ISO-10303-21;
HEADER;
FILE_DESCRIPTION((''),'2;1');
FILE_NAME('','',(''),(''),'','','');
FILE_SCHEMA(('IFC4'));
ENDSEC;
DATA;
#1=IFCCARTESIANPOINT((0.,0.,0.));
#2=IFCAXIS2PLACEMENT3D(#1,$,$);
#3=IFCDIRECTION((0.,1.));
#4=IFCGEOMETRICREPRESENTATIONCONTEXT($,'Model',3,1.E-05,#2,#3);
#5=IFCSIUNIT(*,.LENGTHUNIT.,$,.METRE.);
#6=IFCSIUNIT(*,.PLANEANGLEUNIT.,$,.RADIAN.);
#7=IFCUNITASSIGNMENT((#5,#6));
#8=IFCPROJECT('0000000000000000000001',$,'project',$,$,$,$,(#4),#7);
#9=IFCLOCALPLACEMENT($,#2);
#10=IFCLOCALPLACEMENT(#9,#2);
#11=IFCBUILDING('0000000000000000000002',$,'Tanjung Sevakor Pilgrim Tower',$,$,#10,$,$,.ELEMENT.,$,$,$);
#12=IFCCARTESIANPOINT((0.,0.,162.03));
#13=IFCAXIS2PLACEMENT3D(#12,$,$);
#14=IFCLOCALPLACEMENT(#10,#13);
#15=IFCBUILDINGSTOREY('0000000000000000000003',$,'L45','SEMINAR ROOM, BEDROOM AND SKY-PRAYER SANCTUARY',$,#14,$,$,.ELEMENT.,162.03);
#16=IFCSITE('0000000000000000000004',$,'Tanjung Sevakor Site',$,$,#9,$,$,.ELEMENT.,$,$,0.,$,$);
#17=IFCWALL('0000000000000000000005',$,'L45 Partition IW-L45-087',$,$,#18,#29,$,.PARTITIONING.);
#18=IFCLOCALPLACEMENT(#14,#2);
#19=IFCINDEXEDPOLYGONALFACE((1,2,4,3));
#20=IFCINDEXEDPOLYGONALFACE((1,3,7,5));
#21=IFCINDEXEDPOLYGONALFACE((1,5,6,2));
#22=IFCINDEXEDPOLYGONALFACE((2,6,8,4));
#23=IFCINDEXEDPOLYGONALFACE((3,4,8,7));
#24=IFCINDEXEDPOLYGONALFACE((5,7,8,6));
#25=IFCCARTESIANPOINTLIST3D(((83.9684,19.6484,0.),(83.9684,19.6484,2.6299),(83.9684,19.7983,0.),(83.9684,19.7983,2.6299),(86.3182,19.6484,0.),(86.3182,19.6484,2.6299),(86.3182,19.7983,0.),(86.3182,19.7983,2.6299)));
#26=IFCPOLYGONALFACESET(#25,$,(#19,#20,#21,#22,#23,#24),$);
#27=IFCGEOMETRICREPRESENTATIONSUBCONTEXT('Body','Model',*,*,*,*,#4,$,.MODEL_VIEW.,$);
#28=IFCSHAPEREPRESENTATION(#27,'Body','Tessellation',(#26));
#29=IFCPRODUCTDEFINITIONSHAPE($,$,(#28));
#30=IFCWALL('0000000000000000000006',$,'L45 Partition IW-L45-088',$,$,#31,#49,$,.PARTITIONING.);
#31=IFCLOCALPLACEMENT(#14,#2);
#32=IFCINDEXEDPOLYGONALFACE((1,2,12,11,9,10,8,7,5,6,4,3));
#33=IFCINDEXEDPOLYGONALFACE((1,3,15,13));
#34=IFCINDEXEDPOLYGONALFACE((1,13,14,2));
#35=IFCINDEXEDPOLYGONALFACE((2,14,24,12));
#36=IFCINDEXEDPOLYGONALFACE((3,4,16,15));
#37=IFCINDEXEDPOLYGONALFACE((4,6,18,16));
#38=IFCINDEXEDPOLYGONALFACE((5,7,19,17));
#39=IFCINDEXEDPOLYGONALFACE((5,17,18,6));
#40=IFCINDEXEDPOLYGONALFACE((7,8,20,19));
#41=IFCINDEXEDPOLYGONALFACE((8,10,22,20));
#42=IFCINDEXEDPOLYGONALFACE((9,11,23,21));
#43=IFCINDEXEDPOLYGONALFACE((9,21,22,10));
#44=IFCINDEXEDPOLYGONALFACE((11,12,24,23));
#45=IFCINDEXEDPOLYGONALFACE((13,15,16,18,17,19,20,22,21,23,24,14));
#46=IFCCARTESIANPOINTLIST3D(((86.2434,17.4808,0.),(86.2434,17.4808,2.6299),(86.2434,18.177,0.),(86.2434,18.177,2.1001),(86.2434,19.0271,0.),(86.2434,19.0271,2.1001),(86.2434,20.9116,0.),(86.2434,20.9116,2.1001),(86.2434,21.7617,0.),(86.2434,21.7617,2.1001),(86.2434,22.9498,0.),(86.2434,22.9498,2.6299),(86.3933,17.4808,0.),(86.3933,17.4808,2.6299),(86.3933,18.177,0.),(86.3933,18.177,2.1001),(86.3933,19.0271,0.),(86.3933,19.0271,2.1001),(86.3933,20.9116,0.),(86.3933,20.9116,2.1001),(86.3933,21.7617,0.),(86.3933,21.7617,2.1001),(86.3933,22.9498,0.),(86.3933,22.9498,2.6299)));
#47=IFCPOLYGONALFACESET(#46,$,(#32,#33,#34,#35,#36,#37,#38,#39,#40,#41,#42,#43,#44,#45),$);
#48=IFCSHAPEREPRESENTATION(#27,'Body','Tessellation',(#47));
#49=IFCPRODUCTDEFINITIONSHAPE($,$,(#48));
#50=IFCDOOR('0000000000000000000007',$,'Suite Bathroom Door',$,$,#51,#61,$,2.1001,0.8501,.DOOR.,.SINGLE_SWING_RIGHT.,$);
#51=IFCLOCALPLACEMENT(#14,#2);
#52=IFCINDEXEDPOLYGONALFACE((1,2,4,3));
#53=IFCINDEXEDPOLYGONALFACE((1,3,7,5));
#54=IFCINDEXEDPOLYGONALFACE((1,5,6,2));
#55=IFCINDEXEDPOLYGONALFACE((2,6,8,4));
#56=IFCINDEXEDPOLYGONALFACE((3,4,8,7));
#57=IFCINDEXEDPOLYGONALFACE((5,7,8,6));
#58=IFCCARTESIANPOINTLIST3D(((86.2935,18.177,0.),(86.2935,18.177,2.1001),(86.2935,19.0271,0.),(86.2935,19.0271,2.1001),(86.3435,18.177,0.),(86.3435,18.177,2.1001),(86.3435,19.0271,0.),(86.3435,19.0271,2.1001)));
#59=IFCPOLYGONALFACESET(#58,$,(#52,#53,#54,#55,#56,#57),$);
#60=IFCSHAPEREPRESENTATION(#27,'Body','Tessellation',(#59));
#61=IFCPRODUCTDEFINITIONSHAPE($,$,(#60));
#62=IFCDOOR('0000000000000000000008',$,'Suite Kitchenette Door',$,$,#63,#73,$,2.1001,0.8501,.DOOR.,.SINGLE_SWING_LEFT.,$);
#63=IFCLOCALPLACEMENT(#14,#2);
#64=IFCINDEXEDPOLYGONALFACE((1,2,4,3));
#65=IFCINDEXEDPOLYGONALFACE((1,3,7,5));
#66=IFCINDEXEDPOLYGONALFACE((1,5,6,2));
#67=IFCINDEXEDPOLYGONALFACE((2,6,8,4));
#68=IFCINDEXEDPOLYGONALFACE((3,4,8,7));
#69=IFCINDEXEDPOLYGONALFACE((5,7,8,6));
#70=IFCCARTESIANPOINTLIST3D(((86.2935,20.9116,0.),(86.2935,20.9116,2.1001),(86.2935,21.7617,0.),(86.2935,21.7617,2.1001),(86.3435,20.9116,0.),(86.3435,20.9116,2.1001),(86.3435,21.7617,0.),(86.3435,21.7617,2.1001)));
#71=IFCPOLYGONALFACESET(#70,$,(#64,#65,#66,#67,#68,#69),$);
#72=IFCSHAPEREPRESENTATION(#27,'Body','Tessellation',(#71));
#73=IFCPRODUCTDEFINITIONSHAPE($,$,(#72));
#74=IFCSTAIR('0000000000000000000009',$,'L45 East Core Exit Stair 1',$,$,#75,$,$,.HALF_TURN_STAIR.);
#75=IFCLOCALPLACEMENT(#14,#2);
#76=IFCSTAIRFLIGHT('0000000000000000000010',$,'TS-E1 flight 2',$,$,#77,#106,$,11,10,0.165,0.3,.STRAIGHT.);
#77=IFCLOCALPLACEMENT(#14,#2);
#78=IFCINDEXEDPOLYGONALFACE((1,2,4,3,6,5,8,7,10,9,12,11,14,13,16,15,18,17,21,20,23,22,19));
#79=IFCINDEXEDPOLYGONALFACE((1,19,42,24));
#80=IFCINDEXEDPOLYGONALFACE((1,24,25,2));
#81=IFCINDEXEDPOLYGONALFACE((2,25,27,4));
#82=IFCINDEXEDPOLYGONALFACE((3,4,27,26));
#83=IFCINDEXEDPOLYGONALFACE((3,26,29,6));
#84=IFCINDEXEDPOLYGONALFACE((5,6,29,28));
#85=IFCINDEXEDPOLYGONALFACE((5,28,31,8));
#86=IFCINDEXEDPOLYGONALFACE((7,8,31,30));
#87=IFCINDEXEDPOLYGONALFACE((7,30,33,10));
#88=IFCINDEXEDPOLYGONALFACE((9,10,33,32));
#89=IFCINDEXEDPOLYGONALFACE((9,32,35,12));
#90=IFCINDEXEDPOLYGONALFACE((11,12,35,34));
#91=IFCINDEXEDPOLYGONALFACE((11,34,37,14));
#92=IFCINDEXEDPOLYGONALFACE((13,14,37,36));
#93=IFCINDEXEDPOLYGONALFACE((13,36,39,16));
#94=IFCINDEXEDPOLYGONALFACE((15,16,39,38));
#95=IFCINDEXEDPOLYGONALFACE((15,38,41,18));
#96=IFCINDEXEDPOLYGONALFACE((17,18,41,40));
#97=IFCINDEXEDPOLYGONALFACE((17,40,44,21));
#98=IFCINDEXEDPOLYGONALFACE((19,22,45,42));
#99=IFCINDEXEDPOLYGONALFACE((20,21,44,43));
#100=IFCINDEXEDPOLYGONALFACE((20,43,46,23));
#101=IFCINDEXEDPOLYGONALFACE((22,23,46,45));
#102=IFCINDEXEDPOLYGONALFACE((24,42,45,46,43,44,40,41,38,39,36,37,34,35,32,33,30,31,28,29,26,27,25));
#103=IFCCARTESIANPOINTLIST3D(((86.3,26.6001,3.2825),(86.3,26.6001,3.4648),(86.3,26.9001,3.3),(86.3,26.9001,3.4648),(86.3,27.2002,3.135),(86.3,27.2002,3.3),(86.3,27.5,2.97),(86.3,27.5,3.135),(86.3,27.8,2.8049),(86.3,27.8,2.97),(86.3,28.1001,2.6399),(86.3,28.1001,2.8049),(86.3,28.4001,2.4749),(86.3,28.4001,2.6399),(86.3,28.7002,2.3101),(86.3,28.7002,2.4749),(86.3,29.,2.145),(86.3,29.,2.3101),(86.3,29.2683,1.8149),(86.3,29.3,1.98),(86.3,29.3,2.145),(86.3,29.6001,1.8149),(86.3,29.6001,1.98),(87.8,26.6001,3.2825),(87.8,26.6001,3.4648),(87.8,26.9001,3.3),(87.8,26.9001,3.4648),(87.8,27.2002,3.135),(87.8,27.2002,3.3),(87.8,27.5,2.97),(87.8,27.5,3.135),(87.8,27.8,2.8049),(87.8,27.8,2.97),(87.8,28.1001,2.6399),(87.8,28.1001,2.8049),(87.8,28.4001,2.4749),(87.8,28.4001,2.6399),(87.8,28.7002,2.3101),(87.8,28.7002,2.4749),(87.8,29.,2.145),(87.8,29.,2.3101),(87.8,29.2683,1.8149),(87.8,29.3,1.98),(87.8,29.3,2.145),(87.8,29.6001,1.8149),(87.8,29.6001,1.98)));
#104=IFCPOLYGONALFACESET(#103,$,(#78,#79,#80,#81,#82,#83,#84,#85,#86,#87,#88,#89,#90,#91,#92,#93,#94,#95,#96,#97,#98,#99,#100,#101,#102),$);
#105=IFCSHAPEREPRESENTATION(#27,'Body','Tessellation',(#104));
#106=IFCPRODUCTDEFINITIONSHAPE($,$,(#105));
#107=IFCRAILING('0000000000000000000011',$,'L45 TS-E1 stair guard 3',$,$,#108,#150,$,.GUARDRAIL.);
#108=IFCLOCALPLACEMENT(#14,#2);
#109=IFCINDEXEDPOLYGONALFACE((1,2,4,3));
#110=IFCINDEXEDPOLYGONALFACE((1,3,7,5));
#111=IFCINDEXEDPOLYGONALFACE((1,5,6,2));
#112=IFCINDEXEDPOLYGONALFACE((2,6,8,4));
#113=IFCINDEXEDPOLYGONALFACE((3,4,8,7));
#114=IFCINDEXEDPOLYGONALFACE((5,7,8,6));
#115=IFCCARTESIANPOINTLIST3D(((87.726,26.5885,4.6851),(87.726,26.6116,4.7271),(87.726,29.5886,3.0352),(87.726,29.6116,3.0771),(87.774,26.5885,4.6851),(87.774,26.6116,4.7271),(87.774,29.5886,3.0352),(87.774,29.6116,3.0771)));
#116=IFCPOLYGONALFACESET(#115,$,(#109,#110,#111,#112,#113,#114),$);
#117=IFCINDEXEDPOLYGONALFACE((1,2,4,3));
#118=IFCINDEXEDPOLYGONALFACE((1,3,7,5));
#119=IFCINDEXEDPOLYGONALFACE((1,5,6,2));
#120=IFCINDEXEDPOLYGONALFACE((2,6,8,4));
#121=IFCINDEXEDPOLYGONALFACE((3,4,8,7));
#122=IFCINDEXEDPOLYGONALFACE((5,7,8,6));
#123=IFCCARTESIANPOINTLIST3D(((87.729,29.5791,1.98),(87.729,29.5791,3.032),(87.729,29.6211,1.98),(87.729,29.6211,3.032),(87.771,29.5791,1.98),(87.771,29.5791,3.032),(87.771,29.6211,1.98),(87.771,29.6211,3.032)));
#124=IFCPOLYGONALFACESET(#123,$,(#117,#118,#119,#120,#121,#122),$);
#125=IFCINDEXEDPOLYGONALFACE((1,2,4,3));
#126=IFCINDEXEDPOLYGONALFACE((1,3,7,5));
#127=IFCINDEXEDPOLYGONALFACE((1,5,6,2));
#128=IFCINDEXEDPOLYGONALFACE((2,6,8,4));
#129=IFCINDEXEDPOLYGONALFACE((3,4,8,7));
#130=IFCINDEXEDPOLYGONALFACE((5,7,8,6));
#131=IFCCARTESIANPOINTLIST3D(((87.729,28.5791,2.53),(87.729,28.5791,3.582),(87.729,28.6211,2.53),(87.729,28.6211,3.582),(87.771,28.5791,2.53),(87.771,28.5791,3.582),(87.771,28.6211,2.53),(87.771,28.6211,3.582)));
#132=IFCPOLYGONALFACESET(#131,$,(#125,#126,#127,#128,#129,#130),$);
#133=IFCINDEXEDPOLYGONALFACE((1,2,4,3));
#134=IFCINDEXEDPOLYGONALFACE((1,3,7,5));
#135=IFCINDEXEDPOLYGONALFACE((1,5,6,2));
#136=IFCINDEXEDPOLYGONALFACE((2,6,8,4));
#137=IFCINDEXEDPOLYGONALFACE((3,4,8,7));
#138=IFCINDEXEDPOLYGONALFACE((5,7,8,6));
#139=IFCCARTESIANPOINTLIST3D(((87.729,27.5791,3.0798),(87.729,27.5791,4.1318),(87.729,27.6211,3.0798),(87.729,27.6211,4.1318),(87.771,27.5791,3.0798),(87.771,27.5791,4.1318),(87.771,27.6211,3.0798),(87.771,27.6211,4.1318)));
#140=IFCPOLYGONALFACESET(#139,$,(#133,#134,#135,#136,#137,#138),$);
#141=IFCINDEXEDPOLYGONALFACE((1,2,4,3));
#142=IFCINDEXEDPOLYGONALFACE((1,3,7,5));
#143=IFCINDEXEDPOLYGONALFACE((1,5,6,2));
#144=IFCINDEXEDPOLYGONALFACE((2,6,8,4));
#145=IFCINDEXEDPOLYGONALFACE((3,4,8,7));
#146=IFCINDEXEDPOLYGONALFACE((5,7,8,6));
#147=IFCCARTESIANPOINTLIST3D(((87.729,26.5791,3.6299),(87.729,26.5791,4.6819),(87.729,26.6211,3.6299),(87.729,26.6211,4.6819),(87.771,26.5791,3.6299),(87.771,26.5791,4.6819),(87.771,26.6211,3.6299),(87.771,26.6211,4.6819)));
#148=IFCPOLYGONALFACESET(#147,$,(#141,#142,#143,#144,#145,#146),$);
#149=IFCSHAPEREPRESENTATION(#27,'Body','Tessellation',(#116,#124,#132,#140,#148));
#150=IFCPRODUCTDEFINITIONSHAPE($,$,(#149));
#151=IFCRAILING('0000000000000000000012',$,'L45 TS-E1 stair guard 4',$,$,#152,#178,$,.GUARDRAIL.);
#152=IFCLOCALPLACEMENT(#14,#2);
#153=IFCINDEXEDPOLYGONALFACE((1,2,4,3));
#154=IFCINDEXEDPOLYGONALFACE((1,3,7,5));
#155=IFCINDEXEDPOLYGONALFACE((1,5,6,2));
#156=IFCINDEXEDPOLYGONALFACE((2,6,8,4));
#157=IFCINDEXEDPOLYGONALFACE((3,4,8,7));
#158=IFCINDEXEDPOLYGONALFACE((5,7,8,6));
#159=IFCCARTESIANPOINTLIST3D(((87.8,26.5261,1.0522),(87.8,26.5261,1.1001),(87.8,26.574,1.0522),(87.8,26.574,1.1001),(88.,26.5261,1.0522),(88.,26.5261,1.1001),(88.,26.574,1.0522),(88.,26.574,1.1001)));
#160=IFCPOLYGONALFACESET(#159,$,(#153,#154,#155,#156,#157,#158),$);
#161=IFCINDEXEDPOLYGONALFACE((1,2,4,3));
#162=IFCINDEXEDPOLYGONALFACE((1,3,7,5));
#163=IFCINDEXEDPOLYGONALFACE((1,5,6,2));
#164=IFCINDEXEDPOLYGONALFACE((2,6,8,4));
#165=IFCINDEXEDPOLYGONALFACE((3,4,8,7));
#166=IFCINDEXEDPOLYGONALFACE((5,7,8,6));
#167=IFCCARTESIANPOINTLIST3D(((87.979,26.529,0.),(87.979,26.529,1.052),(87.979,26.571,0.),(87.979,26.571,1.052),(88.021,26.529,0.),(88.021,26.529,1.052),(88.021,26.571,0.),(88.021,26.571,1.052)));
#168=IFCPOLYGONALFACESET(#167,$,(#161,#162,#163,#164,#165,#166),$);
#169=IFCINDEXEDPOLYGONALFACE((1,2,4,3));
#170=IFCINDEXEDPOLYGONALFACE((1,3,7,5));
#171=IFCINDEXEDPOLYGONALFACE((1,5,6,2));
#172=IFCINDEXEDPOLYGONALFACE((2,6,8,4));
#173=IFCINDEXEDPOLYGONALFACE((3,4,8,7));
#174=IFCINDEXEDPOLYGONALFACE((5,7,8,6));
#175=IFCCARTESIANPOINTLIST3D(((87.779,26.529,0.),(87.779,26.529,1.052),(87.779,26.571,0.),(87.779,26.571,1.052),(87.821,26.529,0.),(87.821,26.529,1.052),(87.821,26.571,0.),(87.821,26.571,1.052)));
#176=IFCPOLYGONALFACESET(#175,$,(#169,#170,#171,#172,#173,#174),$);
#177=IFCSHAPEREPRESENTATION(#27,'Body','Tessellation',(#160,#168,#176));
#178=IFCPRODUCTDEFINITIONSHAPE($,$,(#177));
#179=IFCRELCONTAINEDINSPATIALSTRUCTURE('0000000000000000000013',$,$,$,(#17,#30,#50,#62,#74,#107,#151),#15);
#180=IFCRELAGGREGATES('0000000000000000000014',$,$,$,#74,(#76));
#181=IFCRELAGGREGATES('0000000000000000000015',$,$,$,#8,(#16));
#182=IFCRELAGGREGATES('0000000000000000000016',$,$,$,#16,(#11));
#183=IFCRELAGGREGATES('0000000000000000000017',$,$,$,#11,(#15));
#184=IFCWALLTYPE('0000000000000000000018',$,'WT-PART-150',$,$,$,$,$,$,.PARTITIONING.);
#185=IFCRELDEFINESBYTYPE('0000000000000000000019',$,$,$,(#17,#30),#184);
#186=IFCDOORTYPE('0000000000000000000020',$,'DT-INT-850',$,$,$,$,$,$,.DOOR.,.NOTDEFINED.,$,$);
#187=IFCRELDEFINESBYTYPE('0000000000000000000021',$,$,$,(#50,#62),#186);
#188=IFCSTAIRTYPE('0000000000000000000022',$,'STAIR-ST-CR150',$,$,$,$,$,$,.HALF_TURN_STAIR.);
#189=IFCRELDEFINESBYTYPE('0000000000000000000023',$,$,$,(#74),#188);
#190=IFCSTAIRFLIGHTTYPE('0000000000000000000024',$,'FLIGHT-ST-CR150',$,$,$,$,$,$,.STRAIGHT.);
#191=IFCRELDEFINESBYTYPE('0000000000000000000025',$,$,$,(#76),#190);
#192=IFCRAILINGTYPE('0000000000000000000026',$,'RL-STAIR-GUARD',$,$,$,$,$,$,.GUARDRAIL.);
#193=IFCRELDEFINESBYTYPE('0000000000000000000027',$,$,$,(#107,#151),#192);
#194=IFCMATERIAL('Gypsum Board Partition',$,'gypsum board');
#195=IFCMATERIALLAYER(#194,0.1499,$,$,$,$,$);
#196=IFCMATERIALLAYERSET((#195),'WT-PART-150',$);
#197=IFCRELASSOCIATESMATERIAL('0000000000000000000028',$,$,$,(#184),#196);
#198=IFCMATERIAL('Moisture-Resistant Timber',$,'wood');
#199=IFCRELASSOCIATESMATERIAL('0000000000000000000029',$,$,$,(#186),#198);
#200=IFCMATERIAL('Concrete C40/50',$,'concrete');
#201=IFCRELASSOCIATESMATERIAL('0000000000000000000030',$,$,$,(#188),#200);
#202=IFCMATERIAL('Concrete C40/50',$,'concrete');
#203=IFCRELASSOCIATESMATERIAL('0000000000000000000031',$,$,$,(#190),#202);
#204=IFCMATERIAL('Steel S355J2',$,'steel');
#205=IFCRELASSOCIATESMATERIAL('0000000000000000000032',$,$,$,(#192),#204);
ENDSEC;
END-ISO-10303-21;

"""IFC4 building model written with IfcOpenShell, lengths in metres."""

from ifc_helpers import new_model, si_unit, direction, frame, frame_2d, origin, place, context, subcontext, project, spatial, polyline, rectangle, outline, extrude, material, layer, layer_set, type_object, element, fill, aggregate, save


model = new_model("IFC4")

# Units and contexts
model_context = context("Model", 3, precision=1e-05, world=origin(), true_north=direction((0.0, 1.0)))
body_context = subcontext(model_context, "Body", "Model", "MODEL_VIEW")
ifc_project = project(units=[si_unit("LENGTHUNIT", "METRE"), si_unit("PLANEANGLEUNIT", "RADIAN")], contexts=[model_context])

# Site, building, storey
site_placement = place(None, origin())
site = spatial("IfcSite", under=ifc_project, at=site_placement, Name="Tanjung Sevakor Site", CompositionType="ELEMENT", RefElevation=0.0)
building_placement = place(site_placement, origin())
building = spatial("IfcBuilding", under=site, at=building_placement, Name="Tanjung Sevakor Pilgrim Tower", CompositionType="ELEMENT")
storey_placement = place(building_placement, frame((0.0, 0.0, 162.03)))
storey = spatial("IfcBuildingStorey", under=building, at=storey_placement, Name="L45", Description="SEMINAR ROOM, BEDROOM AND SKY-PRAYER SANCTUARY", CompositionType="ELEMENT", Elevation=162.03)

# Shared definitions
ifc_material_1 = material(Name="Gypsum Board Partition", Category="gypsum board")
ifc_layer_1 = layer(ifc_material_1, 0.1499)
ifc_layer_set_1 = layer_set([ifc_layer_1], Name="WT-PART-150")
wall_type_1 = type_object("IfcWallType", Name="WT-PART-150", PredefinedType="PARTITIONING", material=ifc_layer_set_1)
ifc_material_2 = material(Name="Moisture-Resistant Timber", Category="wood")
door_type_1 = type_object("IfcDoorType", Name="DT-INT-850", OperationType="NOTDEFINED", PredefinedType="DOOR", material=ifc_material_2)

# Wall
wall_1_placement = place(storey_placement, frame((83.9685, 19.7234, 0.0), z_axis=(0.0, 0.0, 1.0), x_axis=(1.0, 0.0, 0.0)))
element("IfcWall", 1, at=wall_1_placement, inside=storey, type_object=wall_type_1, Name="L45 Partition IW-L45-087", PredefinedType="PARTITIONING", context=body_context, shape_type="SweptSolid", body=[
    extrude(rectangle(XDim=2.3499, YDim=0.1499, at=frame_2d((1.1748, 0.0))), origin(), (0.0, 0.0, 1.0), 2.6299),
])

# Wall, openings, doors
wall_2_placement = place(storey_placement, frame((86.3184, 17.481, 0.0), z_axis=(0.0, 0.0, 1.0), x_axis=(0.0, 1.0, 0.0)))
wall_2 = element("IfcWall", 2, at=wall_2_placement, inside=storey, type_object=wall_type_1, Name="L45 Partition IW-L45-088", PredefinedType="PARTITIONING", context=body_context, shape_type="SweptSolid", body=[
    extrude(rectangle(XDim=5.469, YDim=0.1499, at=frame_2d((2.7344, 0.0))), origin(), (0.0, 0.0, 1.0), 2.6299),
])
opening_1_placement = place(wall_2_placement, frame((0.696, 0.0, 0.0)))
opening_1 = element("IfcOpeningElement", 3, at=opening_1_placement, cuts=wall_2, PredefinedType="OPENING", context=body_context, shape_type="SweptSolid", body=[
    extrude(rectangle(XDim=0.8501, YDim=2.1001, at=frame_2d((0.425, 1.05))), frame((0.0, 0.085, 0.0), z_axis=(0.0, -1.0, 0.0), x_axis=(1.0, 0.0, 0.0)), (0.0, 0.0, 1.0), 0.1699),
])
opening_2_placement = place(wall_2_placement, frame((3.4307, 0.0, 0.0)))
opening_2 = element("IfcOpeningElement", 4, at=opening_2_placement, cuts=wall_2, PredefinedType="OPENING", context=body_context, shape_type="SweptSolid", body=[
    extrude(rectangle(XDim=0.8501, YDim=2.1001, at=frame_2d((0.425, 1.05))), frame((0.0, 0.085, 0.0), z_axis=(0.0, -1.0, 0.0), x_axis=(1.0, 0.0, 0.0)), (0.0, 0.0, 1.0), 0.1699),
])
door_1_placement = place(opening_1_placement, origin())
door_1 = element("IfcDoor", 5, at=door_1_placement, inside=storey, type_object=door_type_1, Name="Suite Bathroom Door", OperationType="SINGLE_SWING_RIGHT", OverallHeight=2.1001, OverallWidth=0.8501, PredefinedType="DOOR", context=body_context, shape_type="SweptSolid", body=[
    extrude(rectangle(XDim=0.8501, YDim=2.1001, at=frame_2d((0.425, 1.05))), frame((0.0, 0.0249, 0.0), z_axis=(0.0, -1.0, 0.0), x_axis=(1.0, 0.0, 0.0)), (0.0, 0.0, 1.0), 0.05),
])
fill(opening_1, door_1)
door_2_placement = place(opening_2_placement, origin())
door_2 = element("IfcDoor", 6, at=door_2_placement, inside=storey, type_object=door_type_1, Name="Suite Kitchenette Door", OperationType="SINGLE_SWING_LEFT", OverallHeight=2.1001, OverallWidth=0.8501, PredefinedType="DOOR", context=body_context, shape_type="SweptSolid", body=[
    extrude(rectangle(XDim=0.8501, YDim=2.1001, at=frame_2d((0.425, 1.05))), frame((0.0, 0.0249, 0.0), z_axis=(0.0, -1.0, 0.0), x_axis=(1.0, 0.0, 0.0)), (0.0, 0.0, 1.0), 0.05),
])
fill(opening_2, door_2)

# Stair, stair flight
ifc_material_3 = material(Name="Concrete C40/50", Category="concrete")
stair_type = type_object("IfcStairType", Name="STAIR-ST-CR150", PredefinedType="HALF_TURN_STAIR", material=ifc_material_3)
stair_placement = place(storey_placement, origin())
stair = element("IfcStair", 7, at=stair_placement, inside=storey, type_object=stair_type, Name="L45 East Core Exit Stair 1", PredefinedType="HALF_TURN_STAIR")
ifc_material_4 = material(Name="Concrete C40/50", Category="concrete")
stair_flight_type = type_object("IfcStairFlightType", Name="FLIGHT-ST-CR150", PredefinedType="STRAIGHT", material=ifc_material_4)
stair_flight_placement = place(storey_placement, frame((87.05, 29.6001, 1.8149), z_axis=(0.0, 0.0, 1.0), x_axis=(0.0, -1.0, 0.0)))
stair_flight = element("IfcStairFlight", 8, at=stair_flight_placement, type_object=stair_flight_type, Name="TS-E1 flight 2", NumberOfRisers=11, NumberOfTreads=10, PredefinedType="STRAIGHT", RiserHeight=0.165, TreadLength=0.3, context=body_context, shape_type="SweptSolid", body=[
    extrude(outline(polyline([(0.0, 0.0), (0.0, 0.165), (0.3, 0.165), (0.3, 0.3301), (0.6001, 0.3301), (0.6001, 0.4951), (0.8999, 0.4951), (0.8999, 0.6599), (1.2, 0.6599), (1.2, 0.825), (1.5, 0.825), (1.5, 0.99), (1.8, 0.99), (1.8, 1.155), (2.1001, 1.155), (2.1001, 1.3201), (2.3999, 1.3201), (2.3999, 1.4851), (2.7, 1.4851), (2.7, 1.6499), (3.0, 1.6499), (3.0, 1.8149), (3.0, 1.4675), (0.3318, 0.0), (0.0, 0.0)])), frame((0.0, 0.75, 0.0), z_axis=(0.0, -1.0, 0.0), x_axis=(1.0, 0.0, 0.0)), (0.0, 0.0, 1.0), 1.5),
])
aggregate(stair, [stair_flight])

# Railings
ifc_material_5 = material(Name="Steel S355J2", Category="steel")
railing_type_1 = type_object("IfcRailingType", Name="RL-STAIR-GUARD", PredefinedType="GUARDRAIL", material=ifc_material_5)
railing_1_placement = place(storey_placement, frame((87.75, 29.6001, 1.98)))
element("IfcRailing", 9, at=railing_1_placement, inside=storey, type_object=railing_type_1, Name="L45 TS-E1 stair guard 3", PredefinedType="GUARDRAIL", context=body_context, shape_type="SweptSolid", body=[
    extrude(rectangle(XDim=0.0479, YDim=0.0479), frame((0.0, 0.0, 1.0762), z_axis=(0.0, -0.876228, 0.481897), x_axis=(1.0, 0.0, 0.0)), (0.0, 0.0, 1.0), 3.4238),
    extrude(rectangle(XDim=0.042, YDim=0.042), origin(), (0.0, 0.0, 1.0), 1.052),
    extrude(rectangle(XDim=0.042, YDim=0.042), frame((0.0, -1.0, 0.55)), (0.0, 0.0, 1.0), 1.052),
    extrude(rectangle(XDim=0.042, YDim=0.042), frame((0.0, -2.0, 1.0999)), (0.0, 0.0, 1.0), 1.052),
    extrude(rectangle(XDim=0.042, YDim=0.042), frame((0.0, -3.0, 1.6499)), (0.0, 0.0, 1.0), 1.052),
])
railing_2_placement = place(storey_placement, frame((88.0, 26.55, 0.0)))
element("IfcRailing", 10, at=railing_2_placement, inside=storey, type_object=railing_type_1, Name="L45 TS-E1 stair guard 4", PredefinedType="GUARDRAIL", context=body_context, shape_type="SweptSolid", body=[
    extrude(rectangle(XDim=0.0479, YDim=0.0479), frame((0.0, 0.0, 1.0762), z_axis=(-1.0, 0.0, 0.0), x_axis=(0.0, -1.0, 0.0)), (0.0, 0.0, 1.0), 0.2),
    extrude(rectangle(XDim=0.042, YDim=0.042), origin(), (0.0, 0.0, 1.0), 1.052),
    extrude(rectangle(XDim=0.042, YDim=0.042), frame((-0.2, 0.0, 0.0)), (0.0, 0.0, 1.0), 1.052),
])

save(model, "model.ifc")
